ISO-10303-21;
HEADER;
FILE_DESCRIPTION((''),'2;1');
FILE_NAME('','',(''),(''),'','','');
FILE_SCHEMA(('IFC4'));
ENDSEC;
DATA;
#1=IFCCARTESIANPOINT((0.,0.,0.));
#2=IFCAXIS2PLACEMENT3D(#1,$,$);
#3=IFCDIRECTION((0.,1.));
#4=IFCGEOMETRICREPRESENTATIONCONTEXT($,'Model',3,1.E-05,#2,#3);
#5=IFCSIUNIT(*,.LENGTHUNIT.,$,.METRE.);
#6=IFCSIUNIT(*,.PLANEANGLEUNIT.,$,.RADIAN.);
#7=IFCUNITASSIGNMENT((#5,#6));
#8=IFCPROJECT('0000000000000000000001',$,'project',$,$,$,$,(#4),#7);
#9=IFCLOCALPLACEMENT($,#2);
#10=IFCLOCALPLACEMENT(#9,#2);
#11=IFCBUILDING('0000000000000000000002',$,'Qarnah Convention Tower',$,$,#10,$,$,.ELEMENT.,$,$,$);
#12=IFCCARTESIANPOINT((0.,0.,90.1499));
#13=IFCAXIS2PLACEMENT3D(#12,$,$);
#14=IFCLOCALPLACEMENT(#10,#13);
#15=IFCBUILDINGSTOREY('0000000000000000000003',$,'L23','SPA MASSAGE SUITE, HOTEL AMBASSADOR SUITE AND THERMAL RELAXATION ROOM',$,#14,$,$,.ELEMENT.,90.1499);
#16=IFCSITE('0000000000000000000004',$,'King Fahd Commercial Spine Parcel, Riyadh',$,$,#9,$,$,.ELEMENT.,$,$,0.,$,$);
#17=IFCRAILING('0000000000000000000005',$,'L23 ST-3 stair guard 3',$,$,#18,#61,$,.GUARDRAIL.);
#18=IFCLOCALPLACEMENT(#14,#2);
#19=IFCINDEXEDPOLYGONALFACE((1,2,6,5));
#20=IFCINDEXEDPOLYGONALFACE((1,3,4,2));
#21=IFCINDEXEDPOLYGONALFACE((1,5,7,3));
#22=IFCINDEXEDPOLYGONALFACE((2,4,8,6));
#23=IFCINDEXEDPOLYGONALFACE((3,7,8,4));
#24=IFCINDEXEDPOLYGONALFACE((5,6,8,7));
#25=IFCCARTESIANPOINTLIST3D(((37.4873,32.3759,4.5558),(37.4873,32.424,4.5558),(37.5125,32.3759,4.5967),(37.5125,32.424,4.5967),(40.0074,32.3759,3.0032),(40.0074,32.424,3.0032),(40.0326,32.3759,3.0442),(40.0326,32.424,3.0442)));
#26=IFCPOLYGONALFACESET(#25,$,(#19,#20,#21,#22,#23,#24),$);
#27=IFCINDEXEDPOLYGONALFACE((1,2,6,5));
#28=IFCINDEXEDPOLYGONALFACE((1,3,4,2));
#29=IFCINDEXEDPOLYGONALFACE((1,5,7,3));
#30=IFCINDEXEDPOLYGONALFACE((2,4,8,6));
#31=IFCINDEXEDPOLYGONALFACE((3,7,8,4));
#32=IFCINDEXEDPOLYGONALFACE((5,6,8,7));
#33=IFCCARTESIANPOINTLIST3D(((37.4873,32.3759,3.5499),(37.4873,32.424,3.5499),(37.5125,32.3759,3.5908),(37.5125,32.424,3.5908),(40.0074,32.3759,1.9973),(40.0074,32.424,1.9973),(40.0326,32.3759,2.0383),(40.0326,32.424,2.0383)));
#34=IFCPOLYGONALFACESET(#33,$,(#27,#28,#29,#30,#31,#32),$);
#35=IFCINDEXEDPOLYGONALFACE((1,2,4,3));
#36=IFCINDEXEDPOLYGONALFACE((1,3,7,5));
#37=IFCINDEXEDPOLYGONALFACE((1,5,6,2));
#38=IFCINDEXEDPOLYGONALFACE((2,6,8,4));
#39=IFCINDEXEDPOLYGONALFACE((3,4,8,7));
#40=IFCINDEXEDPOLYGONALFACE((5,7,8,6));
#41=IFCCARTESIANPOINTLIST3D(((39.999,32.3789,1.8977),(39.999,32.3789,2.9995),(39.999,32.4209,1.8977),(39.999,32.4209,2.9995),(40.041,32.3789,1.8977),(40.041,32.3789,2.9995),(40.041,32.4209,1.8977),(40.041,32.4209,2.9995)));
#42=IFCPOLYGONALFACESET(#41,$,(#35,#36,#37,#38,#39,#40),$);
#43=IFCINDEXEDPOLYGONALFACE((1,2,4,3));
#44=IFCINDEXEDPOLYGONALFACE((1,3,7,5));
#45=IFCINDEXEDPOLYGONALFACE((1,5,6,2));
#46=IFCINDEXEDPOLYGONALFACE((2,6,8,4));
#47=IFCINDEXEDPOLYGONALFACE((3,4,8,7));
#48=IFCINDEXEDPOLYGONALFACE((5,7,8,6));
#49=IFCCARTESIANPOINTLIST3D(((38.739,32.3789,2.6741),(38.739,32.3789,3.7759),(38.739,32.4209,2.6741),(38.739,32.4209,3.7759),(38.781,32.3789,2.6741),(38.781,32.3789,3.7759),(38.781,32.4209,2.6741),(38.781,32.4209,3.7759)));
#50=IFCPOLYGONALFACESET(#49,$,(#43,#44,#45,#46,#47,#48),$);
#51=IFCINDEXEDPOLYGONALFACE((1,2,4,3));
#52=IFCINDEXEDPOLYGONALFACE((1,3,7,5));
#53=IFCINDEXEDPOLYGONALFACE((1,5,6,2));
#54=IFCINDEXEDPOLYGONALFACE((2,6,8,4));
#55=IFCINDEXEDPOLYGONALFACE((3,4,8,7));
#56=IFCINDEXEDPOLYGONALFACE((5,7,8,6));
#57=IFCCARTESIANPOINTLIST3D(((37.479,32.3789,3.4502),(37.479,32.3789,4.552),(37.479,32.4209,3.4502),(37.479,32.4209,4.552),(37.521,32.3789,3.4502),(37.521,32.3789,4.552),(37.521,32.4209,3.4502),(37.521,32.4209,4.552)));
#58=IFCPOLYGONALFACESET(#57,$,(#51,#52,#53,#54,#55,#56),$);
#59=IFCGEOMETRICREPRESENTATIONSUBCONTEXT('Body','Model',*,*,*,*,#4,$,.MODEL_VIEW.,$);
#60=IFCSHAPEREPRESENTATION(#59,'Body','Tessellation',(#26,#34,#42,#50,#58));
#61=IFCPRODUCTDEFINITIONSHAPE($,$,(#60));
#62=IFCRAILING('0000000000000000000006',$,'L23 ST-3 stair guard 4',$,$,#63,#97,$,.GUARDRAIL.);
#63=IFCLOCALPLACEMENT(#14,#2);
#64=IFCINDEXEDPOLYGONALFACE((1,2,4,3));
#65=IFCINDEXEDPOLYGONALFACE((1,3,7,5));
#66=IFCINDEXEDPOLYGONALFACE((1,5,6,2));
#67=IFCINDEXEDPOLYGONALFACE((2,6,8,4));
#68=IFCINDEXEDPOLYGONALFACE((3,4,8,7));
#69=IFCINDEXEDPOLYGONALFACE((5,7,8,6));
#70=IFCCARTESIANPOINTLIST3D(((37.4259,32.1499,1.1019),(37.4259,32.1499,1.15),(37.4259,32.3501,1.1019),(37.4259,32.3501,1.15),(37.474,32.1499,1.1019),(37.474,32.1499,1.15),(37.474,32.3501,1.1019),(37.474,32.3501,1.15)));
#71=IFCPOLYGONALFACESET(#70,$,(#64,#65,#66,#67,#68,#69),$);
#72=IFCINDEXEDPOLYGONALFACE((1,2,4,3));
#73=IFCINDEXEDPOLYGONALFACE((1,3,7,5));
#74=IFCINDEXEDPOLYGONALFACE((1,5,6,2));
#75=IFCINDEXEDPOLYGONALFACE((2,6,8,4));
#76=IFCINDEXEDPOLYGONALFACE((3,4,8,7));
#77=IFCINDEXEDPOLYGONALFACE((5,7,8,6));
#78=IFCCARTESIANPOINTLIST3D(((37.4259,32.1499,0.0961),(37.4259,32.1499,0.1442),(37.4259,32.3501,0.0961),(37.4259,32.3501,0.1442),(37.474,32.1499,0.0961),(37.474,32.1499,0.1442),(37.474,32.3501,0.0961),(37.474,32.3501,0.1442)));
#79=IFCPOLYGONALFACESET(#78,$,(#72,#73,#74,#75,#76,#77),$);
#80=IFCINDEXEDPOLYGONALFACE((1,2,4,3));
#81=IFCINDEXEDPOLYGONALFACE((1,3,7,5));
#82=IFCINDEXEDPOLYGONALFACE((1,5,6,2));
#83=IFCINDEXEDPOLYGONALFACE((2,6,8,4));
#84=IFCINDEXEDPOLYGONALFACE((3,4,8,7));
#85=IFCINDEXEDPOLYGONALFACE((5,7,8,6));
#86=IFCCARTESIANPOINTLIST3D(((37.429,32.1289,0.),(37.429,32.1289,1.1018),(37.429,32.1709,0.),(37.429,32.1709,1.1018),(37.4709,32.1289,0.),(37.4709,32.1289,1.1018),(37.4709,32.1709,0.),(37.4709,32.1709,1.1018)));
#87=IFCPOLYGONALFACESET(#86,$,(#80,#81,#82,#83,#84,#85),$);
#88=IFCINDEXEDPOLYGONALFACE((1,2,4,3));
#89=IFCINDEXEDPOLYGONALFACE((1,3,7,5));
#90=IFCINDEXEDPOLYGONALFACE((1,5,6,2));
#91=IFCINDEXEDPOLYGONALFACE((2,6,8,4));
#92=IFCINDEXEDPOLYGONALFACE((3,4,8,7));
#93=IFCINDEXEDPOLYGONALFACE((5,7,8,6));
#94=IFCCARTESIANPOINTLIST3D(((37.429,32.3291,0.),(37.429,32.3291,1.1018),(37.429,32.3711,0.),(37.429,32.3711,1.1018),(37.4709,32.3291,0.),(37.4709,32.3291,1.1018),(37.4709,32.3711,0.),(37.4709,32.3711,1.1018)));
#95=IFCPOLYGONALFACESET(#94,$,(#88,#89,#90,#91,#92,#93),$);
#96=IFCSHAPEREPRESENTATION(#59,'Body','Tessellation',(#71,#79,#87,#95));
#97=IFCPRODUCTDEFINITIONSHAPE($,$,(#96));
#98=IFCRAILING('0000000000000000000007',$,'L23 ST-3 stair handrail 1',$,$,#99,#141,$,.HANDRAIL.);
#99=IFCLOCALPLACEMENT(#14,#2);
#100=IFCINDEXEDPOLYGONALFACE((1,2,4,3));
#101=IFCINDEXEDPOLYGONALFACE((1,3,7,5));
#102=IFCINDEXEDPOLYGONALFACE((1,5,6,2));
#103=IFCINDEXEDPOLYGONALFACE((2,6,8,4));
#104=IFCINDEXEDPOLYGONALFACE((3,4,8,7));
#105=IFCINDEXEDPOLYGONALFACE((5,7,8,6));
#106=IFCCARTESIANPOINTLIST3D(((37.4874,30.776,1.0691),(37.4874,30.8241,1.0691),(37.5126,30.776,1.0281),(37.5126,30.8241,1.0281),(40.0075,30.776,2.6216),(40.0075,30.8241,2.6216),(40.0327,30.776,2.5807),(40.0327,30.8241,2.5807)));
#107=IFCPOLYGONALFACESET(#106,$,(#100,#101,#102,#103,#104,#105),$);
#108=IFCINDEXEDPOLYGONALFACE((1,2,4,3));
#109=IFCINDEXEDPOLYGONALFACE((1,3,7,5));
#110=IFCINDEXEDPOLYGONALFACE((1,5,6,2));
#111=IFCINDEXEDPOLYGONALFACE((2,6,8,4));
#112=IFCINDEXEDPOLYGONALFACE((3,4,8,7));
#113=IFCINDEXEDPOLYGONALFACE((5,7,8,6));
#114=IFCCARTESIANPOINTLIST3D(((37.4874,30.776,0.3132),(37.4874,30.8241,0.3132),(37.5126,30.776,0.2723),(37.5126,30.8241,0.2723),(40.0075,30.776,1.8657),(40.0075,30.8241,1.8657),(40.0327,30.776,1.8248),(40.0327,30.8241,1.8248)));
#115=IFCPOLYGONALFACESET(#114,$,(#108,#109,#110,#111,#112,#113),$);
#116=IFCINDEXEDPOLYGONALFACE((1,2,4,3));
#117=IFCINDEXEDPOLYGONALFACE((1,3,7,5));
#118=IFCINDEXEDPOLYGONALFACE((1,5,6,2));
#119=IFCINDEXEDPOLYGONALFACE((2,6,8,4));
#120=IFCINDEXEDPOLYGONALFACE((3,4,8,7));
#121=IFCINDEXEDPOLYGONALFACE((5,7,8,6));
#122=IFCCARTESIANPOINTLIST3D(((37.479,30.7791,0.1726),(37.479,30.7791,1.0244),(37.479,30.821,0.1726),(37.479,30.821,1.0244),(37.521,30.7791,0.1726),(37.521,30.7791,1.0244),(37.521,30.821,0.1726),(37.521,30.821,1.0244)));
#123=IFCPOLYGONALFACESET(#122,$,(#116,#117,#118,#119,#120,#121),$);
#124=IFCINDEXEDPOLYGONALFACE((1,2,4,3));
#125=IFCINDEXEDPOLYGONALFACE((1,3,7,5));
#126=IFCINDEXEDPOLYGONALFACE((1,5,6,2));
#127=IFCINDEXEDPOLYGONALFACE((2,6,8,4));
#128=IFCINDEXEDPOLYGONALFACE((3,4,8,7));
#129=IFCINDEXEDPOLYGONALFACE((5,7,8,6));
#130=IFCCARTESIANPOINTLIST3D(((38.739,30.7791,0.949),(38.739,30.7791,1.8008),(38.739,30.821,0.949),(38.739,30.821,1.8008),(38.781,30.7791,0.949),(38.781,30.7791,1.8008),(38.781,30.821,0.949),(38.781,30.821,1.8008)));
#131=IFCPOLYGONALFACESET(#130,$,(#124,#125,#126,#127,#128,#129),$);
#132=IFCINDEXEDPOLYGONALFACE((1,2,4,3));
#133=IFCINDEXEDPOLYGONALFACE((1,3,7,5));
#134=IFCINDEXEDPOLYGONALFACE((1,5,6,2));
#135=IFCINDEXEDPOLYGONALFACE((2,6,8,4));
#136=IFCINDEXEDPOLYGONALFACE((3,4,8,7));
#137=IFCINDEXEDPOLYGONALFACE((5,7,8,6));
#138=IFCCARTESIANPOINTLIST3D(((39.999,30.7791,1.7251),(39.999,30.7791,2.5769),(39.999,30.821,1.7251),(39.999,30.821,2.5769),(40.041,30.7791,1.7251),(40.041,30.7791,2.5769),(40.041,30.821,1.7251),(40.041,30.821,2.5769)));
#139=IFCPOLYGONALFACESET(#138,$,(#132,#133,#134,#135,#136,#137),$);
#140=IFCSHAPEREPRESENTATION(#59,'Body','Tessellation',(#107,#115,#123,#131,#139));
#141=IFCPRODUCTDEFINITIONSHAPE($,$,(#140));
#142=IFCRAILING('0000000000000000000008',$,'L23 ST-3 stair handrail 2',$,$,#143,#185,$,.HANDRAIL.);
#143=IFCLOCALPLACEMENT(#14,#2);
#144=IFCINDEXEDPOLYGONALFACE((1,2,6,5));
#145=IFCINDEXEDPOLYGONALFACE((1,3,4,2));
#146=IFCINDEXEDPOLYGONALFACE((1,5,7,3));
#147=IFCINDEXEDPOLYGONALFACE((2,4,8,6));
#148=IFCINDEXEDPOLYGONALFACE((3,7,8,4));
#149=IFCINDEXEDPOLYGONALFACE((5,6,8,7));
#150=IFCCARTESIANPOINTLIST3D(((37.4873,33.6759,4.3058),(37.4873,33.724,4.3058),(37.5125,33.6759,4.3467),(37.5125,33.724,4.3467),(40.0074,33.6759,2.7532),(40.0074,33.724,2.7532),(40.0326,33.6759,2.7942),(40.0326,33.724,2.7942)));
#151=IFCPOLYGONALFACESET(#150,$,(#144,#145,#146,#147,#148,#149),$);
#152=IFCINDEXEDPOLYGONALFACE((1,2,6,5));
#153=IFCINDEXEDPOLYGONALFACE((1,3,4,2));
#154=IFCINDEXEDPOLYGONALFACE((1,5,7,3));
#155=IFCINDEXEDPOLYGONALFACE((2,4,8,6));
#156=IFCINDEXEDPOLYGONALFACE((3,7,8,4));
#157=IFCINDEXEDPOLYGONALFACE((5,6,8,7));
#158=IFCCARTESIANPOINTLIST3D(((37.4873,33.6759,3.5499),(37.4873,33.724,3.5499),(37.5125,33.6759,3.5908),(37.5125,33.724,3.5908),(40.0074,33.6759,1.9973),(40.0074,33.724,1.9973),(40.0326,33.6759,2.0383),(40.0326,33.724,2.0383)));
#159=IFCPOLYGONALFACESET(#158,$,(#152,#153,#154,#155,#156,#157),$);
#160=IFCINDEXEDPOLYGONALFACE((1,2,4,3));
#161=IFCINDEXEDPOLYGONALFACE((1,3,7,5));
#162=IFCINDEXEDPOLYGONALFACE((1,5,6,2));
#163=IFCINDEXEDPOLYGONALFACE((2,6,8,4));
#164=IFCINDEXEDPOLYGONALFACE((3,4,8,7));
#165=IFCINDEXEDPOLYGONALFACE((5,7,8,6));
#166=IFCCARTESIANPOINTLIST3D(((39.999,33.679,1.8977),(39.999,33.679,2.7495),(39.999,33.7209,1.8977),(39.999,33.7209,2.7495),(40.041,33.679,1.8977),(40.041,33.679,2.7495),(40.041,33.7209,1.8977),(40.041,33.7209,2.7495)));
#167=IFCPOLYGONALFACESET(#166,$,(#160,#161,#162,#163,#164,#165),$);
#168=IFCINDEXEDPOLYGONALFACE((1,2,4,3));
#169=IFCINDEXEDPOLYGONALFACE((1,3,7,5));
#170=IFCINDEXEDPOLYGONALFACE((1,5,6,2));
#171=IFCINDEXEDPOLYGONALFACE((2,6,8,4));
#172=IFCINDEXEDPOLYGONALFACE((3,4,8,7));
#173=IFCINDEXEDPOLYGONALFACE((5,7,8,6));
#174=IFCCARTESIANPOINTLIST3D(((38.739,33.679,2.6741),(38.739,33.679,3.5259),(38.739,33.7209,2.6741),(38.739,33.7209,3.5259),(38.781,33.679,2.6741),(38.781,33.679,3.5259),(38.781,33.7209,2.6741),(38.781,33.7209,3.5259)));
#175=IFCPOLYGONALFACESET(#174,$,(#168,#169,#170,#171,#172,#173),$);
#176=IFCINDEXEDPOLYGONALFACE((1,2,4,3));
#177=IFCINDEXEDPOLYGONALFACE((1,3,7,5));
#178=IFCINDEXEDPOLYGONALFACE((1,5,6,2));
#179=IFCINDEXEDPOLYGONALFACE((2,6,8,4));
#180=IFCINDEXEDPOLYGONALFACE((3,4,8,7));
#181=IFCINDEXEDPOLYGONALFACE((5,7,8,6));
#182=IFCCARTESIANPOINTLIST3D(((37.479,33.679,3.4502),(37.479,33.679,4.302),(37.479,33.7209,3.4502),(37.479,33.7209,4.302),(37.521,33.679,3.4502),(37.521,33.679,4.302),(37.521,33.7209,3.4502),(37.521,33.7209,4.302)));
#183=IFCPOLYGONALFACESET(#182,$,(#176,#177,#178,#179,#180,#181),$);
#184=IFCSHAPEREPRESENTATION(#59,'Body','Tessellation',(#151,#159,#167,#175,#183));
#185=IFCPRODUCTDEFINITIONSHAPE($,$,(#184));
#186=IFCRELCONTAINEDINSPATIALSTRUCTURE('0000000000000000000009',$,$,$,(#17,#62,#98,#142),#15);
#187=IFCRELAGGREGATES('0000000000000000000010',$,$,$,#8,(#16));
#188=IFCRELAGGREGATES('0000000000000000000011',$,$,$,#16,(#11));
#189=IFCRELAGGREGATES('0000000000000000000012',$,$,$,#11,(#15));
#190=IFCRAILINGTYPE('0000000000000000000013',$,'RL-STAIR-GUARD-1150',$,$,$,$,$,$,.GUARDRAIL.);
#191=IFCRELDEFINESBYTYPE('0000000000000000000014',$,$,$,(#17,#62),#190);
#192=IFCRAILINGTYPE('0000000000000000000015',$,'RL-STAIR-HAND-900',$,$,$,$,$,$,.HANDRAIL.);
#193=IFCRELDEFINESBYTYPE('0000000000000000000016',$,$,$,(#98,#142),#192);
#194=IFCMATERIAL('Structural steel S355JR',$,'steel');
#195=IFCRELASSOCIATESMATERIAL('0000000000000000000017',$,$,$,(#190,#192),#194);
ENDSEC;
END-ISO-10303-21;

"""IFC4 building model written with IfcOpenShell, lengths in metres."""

from ifc_helpers import new_model, si_unit, direction, frame, origin, origin_2d, place, context, subcontext, project, spatial, rectangle, extrude, material, type_object, element, save


model = new_model("IFC4")

# Units and contexts
model_context = context("Model", 3, precision=1e-05, world=origin(), true_north=direction((0.0, 1.0)))
body_context = subcontext(model_context, "Body", "Model", "MODEL_VIEW")
ifc_project = project(units=[si_unit("LENGTHUNIT", "METRE"), si_unit("PLANEANGLEUNIT", "RADIAN")], contexts=[model_context])

# Site, building, storey
site_placement = place(None, origin())
site = spatial("IfcSite", under=ifc_project, at=site_placement, Name="King Fahd Commercial Spine Parcel, Riyadh", CompositionType="ELEMENT", RefElevation=0.0)
building_placement = place(site_placement, origin())
building = spatial("IfcBuilding", under=site, at=building_placement, Name="Qarnah Convention Tower", CompositionType="ELEMENT")
storey_placement = place(building_placement, frame((0.0, 0.0, 90.1499)))
storey = spatial("IfcBuildingStorey", under=building, at=storey_placement, Name="L23", Description="SPA MASSAGE SUITE, HOTEL AMBASSADOR SUITE AND THERMAL RELAXATION ROOM", CompositionType="ELEMENT", Elevation=90.1499)

# Shared definitions
ifc_material_1 = material(Name="Structural steel S355JR", Category="steel")

# Railings
railing_type_1 = type_object("IfcRailingType", Name="RL-STAIR-GUARD-1150", PredefinedType="GUARDRAIL", material=ifc_material_1)
railing_1_placement = place(storey_placement, frame((40.02, 32.3999, 1.8977)))
element("IfcRailing", 1, at=railing_1_placement, inside=storey, type_object=railing_type_1, Name="L23 ST-3 stair guard 3", PredefinedType="GUARDRAIL", context=body_context, shape_type="SweptSolid", body=[
    extrude(rectangle(XDim=0.0481, YDim=0.0481, at=origin_2d()), frame((0.0, 0.0, 1.126), z_axis=(-0.8514, 0.0, 0.524516), x_axis=(0.0, -1.0, 0.0)), (0.0, 0.0, 1.0), 2.96),
    extrude(rectangle(XDim=0.0481, YDim=0.0481, at=origin_2d()), frame((0.0, 0.0, 0.1201), z_axis=(-0.8514, 0.0, 0.524516), x_axis=(0.0, -1.0, 0.0)), (0.0, 0.0, 1.0), 2.96),
    extrude(rectangle(XDim=0.042, YDim=0.042, at=origin_2d()), origin(), (0.0, 0.0, 1.0), 1.1018),
    extrude(rectangle(XDim=0.042, YDim=0.042, at=origin_2d()), frame((-1.26, 0.0, 0.7764)), (0.0, 0.0, 1.0), 1.1018),
    extrude(rectangle(XDim=0.042, YDim=0.042, at=origin_2d()), frame((-2.52, 0.0, 1.5525)), (0.0, 0.0, 1.0), 1.1018),
])
railing_2_placement = place(storey_placement, frame((37.45, 32.1499, 0.0)))
element("IfcRailing", 2, at=railing_2_placement, inside=storey, type_object=railing_type_1, Name="L23 ST-3 stair guard 4", PredefinedType="GUARDRAIL", context=body_context, shape_type="SweptSolid", body=[
    extrude(rectangle(XDim=0.0481, YDim=0.0481, at=origin_2d()), frame((0.0, 0.0, 1.126), z_axis=(0.0, 1.0, 0.0), x_axis=(-1.0, 0.0, 0.0)), (0.0, 0.0, 1.0), 0.2002),
    extrude(rectangle(XDim=0.0481, YDim=0.0481, at=origin_2d()), frame((0.0, 0.0, 0.1201), z_axis=(0.0, 1.0, 0.0), x_axis=(-1.0, 0.0, 0.0)), (0.0, 0.0, 1.0), 0.2002),
    extrude(rectangle(XDim=0.042, YDim=0.042, at=origin_2d()), origin(), (0.0, 0.0, 1.0), 1.1018),
    extrude(rectangle(XDim=0.042, YDim=0.042, at=origin_2d()), frame((0.0, 0.2002, 0.0)), (0.0, 0.0, 1.0), 1.1018),
])
railing_type_2 = type_object("IfcRailingType", Name="RL-STAIR-HAND-900", PredefinedType="HANDRAIL", material=ifc_material_1)
railing_3_placement = place(storey_placement, frame((37.5, 30.8, 0.1726)))
element("IfcRailing", 3, at=railing_3_placement, inside=storey, type_object=railing_type_2, Name="L23 ST-3 stair handrail 1", PredefinedType="HANDRAIL", context=body_context, shape_type="SweptSolid", body=[
    extrude(rectangle(XDim=0.0481, YDim=0.0481, at=origin_2d()), frame((0.0, 0.0, 0.876), z_axis=(0.8514, 0.0, 0.524516), x_axis=(0.0, 1.0, 0.0)), (0.0, 0.0, 1.0), 2.96),
    extrude(rectangle(XDim=0.0481, YDim=0.0481, at=origin_2d()), frame((0.0, 0.0, 0.1201), z_axis=(0.8514, 0.0, 0.524516), x_axis=(0.0, 1.0, 0.0)), (0.0, 0.0, 1.0), 2.96),
    extrude(rectangle(XDim=0.042, YDim=0.042, at=origin_2d()), origin(), (0.0, 0.0, 1.0), 0.8518),
    extrude(rectangle(XDim=0.042, YDim=0.042, at=origin_2d()), frame((1.26, 0.0, 0.7764)), (0.0, 0.0, 1.0), 0.8518),
    extrude(rectangle(XDim=0.042, YDim=0.042, at=origin_2d()), frame((2.52, 0.0, 1.5525)), (0.0, 0.0, 1.0), 0.8518),
])
railing_4_placement = place(storey_placement, frame((40.02, 33.7, 1.8977)))
element("IfcRailing", 4, at=railing_4_placement, inside=storey, type_object=railing_type_2, Name="L23 ST-3 stair handrail 2", PredefinedType="HANDRAIL", context=body_context, shape_type="SweptSolid", body=[
    extrude(rectangle(XDim=0.0481, YDim=0.0481, at=origin_2d()), frame((0.0, 0.0, 0.876), z_axis=(-0.8514, 0.0, 0.524516), x_axis=(0.0, -1.0, 0.0)), (0.0, 0.0, 1.0), 2.96),
    extrude(rectangle(XDim=0.0481, YDim=0.0481, at=origin_2d()), frame((0.0, 0.0, 0.1201), z_axis=(-0.8514, 0.0, 0.524516), x_axis=(0.0, -1.0, 0.0)), (0.0, 0.0, 1.0), 2.96),
    extrude(rectangle(XDim=0.042, YDim=0.042, at=origin_2d()), origin(), (0.0, 0.0, 1.0), 0.8518),
    extrude(rectangle(XDim=0.042, YDim=0.042, at=origin_2d()), frame((-1.26, 0.0, 0.7764)), (0.0, 0.0, 1.0), 0.8518),
    extrude(rectangle(XDim=0.042, YDim=0.042, at=origin_2d()), frame((-2.52, 0.0, 1.5525)), (0.0, 0.0, 1.0), 0.8518),
])

save(model, "model.ifc")
